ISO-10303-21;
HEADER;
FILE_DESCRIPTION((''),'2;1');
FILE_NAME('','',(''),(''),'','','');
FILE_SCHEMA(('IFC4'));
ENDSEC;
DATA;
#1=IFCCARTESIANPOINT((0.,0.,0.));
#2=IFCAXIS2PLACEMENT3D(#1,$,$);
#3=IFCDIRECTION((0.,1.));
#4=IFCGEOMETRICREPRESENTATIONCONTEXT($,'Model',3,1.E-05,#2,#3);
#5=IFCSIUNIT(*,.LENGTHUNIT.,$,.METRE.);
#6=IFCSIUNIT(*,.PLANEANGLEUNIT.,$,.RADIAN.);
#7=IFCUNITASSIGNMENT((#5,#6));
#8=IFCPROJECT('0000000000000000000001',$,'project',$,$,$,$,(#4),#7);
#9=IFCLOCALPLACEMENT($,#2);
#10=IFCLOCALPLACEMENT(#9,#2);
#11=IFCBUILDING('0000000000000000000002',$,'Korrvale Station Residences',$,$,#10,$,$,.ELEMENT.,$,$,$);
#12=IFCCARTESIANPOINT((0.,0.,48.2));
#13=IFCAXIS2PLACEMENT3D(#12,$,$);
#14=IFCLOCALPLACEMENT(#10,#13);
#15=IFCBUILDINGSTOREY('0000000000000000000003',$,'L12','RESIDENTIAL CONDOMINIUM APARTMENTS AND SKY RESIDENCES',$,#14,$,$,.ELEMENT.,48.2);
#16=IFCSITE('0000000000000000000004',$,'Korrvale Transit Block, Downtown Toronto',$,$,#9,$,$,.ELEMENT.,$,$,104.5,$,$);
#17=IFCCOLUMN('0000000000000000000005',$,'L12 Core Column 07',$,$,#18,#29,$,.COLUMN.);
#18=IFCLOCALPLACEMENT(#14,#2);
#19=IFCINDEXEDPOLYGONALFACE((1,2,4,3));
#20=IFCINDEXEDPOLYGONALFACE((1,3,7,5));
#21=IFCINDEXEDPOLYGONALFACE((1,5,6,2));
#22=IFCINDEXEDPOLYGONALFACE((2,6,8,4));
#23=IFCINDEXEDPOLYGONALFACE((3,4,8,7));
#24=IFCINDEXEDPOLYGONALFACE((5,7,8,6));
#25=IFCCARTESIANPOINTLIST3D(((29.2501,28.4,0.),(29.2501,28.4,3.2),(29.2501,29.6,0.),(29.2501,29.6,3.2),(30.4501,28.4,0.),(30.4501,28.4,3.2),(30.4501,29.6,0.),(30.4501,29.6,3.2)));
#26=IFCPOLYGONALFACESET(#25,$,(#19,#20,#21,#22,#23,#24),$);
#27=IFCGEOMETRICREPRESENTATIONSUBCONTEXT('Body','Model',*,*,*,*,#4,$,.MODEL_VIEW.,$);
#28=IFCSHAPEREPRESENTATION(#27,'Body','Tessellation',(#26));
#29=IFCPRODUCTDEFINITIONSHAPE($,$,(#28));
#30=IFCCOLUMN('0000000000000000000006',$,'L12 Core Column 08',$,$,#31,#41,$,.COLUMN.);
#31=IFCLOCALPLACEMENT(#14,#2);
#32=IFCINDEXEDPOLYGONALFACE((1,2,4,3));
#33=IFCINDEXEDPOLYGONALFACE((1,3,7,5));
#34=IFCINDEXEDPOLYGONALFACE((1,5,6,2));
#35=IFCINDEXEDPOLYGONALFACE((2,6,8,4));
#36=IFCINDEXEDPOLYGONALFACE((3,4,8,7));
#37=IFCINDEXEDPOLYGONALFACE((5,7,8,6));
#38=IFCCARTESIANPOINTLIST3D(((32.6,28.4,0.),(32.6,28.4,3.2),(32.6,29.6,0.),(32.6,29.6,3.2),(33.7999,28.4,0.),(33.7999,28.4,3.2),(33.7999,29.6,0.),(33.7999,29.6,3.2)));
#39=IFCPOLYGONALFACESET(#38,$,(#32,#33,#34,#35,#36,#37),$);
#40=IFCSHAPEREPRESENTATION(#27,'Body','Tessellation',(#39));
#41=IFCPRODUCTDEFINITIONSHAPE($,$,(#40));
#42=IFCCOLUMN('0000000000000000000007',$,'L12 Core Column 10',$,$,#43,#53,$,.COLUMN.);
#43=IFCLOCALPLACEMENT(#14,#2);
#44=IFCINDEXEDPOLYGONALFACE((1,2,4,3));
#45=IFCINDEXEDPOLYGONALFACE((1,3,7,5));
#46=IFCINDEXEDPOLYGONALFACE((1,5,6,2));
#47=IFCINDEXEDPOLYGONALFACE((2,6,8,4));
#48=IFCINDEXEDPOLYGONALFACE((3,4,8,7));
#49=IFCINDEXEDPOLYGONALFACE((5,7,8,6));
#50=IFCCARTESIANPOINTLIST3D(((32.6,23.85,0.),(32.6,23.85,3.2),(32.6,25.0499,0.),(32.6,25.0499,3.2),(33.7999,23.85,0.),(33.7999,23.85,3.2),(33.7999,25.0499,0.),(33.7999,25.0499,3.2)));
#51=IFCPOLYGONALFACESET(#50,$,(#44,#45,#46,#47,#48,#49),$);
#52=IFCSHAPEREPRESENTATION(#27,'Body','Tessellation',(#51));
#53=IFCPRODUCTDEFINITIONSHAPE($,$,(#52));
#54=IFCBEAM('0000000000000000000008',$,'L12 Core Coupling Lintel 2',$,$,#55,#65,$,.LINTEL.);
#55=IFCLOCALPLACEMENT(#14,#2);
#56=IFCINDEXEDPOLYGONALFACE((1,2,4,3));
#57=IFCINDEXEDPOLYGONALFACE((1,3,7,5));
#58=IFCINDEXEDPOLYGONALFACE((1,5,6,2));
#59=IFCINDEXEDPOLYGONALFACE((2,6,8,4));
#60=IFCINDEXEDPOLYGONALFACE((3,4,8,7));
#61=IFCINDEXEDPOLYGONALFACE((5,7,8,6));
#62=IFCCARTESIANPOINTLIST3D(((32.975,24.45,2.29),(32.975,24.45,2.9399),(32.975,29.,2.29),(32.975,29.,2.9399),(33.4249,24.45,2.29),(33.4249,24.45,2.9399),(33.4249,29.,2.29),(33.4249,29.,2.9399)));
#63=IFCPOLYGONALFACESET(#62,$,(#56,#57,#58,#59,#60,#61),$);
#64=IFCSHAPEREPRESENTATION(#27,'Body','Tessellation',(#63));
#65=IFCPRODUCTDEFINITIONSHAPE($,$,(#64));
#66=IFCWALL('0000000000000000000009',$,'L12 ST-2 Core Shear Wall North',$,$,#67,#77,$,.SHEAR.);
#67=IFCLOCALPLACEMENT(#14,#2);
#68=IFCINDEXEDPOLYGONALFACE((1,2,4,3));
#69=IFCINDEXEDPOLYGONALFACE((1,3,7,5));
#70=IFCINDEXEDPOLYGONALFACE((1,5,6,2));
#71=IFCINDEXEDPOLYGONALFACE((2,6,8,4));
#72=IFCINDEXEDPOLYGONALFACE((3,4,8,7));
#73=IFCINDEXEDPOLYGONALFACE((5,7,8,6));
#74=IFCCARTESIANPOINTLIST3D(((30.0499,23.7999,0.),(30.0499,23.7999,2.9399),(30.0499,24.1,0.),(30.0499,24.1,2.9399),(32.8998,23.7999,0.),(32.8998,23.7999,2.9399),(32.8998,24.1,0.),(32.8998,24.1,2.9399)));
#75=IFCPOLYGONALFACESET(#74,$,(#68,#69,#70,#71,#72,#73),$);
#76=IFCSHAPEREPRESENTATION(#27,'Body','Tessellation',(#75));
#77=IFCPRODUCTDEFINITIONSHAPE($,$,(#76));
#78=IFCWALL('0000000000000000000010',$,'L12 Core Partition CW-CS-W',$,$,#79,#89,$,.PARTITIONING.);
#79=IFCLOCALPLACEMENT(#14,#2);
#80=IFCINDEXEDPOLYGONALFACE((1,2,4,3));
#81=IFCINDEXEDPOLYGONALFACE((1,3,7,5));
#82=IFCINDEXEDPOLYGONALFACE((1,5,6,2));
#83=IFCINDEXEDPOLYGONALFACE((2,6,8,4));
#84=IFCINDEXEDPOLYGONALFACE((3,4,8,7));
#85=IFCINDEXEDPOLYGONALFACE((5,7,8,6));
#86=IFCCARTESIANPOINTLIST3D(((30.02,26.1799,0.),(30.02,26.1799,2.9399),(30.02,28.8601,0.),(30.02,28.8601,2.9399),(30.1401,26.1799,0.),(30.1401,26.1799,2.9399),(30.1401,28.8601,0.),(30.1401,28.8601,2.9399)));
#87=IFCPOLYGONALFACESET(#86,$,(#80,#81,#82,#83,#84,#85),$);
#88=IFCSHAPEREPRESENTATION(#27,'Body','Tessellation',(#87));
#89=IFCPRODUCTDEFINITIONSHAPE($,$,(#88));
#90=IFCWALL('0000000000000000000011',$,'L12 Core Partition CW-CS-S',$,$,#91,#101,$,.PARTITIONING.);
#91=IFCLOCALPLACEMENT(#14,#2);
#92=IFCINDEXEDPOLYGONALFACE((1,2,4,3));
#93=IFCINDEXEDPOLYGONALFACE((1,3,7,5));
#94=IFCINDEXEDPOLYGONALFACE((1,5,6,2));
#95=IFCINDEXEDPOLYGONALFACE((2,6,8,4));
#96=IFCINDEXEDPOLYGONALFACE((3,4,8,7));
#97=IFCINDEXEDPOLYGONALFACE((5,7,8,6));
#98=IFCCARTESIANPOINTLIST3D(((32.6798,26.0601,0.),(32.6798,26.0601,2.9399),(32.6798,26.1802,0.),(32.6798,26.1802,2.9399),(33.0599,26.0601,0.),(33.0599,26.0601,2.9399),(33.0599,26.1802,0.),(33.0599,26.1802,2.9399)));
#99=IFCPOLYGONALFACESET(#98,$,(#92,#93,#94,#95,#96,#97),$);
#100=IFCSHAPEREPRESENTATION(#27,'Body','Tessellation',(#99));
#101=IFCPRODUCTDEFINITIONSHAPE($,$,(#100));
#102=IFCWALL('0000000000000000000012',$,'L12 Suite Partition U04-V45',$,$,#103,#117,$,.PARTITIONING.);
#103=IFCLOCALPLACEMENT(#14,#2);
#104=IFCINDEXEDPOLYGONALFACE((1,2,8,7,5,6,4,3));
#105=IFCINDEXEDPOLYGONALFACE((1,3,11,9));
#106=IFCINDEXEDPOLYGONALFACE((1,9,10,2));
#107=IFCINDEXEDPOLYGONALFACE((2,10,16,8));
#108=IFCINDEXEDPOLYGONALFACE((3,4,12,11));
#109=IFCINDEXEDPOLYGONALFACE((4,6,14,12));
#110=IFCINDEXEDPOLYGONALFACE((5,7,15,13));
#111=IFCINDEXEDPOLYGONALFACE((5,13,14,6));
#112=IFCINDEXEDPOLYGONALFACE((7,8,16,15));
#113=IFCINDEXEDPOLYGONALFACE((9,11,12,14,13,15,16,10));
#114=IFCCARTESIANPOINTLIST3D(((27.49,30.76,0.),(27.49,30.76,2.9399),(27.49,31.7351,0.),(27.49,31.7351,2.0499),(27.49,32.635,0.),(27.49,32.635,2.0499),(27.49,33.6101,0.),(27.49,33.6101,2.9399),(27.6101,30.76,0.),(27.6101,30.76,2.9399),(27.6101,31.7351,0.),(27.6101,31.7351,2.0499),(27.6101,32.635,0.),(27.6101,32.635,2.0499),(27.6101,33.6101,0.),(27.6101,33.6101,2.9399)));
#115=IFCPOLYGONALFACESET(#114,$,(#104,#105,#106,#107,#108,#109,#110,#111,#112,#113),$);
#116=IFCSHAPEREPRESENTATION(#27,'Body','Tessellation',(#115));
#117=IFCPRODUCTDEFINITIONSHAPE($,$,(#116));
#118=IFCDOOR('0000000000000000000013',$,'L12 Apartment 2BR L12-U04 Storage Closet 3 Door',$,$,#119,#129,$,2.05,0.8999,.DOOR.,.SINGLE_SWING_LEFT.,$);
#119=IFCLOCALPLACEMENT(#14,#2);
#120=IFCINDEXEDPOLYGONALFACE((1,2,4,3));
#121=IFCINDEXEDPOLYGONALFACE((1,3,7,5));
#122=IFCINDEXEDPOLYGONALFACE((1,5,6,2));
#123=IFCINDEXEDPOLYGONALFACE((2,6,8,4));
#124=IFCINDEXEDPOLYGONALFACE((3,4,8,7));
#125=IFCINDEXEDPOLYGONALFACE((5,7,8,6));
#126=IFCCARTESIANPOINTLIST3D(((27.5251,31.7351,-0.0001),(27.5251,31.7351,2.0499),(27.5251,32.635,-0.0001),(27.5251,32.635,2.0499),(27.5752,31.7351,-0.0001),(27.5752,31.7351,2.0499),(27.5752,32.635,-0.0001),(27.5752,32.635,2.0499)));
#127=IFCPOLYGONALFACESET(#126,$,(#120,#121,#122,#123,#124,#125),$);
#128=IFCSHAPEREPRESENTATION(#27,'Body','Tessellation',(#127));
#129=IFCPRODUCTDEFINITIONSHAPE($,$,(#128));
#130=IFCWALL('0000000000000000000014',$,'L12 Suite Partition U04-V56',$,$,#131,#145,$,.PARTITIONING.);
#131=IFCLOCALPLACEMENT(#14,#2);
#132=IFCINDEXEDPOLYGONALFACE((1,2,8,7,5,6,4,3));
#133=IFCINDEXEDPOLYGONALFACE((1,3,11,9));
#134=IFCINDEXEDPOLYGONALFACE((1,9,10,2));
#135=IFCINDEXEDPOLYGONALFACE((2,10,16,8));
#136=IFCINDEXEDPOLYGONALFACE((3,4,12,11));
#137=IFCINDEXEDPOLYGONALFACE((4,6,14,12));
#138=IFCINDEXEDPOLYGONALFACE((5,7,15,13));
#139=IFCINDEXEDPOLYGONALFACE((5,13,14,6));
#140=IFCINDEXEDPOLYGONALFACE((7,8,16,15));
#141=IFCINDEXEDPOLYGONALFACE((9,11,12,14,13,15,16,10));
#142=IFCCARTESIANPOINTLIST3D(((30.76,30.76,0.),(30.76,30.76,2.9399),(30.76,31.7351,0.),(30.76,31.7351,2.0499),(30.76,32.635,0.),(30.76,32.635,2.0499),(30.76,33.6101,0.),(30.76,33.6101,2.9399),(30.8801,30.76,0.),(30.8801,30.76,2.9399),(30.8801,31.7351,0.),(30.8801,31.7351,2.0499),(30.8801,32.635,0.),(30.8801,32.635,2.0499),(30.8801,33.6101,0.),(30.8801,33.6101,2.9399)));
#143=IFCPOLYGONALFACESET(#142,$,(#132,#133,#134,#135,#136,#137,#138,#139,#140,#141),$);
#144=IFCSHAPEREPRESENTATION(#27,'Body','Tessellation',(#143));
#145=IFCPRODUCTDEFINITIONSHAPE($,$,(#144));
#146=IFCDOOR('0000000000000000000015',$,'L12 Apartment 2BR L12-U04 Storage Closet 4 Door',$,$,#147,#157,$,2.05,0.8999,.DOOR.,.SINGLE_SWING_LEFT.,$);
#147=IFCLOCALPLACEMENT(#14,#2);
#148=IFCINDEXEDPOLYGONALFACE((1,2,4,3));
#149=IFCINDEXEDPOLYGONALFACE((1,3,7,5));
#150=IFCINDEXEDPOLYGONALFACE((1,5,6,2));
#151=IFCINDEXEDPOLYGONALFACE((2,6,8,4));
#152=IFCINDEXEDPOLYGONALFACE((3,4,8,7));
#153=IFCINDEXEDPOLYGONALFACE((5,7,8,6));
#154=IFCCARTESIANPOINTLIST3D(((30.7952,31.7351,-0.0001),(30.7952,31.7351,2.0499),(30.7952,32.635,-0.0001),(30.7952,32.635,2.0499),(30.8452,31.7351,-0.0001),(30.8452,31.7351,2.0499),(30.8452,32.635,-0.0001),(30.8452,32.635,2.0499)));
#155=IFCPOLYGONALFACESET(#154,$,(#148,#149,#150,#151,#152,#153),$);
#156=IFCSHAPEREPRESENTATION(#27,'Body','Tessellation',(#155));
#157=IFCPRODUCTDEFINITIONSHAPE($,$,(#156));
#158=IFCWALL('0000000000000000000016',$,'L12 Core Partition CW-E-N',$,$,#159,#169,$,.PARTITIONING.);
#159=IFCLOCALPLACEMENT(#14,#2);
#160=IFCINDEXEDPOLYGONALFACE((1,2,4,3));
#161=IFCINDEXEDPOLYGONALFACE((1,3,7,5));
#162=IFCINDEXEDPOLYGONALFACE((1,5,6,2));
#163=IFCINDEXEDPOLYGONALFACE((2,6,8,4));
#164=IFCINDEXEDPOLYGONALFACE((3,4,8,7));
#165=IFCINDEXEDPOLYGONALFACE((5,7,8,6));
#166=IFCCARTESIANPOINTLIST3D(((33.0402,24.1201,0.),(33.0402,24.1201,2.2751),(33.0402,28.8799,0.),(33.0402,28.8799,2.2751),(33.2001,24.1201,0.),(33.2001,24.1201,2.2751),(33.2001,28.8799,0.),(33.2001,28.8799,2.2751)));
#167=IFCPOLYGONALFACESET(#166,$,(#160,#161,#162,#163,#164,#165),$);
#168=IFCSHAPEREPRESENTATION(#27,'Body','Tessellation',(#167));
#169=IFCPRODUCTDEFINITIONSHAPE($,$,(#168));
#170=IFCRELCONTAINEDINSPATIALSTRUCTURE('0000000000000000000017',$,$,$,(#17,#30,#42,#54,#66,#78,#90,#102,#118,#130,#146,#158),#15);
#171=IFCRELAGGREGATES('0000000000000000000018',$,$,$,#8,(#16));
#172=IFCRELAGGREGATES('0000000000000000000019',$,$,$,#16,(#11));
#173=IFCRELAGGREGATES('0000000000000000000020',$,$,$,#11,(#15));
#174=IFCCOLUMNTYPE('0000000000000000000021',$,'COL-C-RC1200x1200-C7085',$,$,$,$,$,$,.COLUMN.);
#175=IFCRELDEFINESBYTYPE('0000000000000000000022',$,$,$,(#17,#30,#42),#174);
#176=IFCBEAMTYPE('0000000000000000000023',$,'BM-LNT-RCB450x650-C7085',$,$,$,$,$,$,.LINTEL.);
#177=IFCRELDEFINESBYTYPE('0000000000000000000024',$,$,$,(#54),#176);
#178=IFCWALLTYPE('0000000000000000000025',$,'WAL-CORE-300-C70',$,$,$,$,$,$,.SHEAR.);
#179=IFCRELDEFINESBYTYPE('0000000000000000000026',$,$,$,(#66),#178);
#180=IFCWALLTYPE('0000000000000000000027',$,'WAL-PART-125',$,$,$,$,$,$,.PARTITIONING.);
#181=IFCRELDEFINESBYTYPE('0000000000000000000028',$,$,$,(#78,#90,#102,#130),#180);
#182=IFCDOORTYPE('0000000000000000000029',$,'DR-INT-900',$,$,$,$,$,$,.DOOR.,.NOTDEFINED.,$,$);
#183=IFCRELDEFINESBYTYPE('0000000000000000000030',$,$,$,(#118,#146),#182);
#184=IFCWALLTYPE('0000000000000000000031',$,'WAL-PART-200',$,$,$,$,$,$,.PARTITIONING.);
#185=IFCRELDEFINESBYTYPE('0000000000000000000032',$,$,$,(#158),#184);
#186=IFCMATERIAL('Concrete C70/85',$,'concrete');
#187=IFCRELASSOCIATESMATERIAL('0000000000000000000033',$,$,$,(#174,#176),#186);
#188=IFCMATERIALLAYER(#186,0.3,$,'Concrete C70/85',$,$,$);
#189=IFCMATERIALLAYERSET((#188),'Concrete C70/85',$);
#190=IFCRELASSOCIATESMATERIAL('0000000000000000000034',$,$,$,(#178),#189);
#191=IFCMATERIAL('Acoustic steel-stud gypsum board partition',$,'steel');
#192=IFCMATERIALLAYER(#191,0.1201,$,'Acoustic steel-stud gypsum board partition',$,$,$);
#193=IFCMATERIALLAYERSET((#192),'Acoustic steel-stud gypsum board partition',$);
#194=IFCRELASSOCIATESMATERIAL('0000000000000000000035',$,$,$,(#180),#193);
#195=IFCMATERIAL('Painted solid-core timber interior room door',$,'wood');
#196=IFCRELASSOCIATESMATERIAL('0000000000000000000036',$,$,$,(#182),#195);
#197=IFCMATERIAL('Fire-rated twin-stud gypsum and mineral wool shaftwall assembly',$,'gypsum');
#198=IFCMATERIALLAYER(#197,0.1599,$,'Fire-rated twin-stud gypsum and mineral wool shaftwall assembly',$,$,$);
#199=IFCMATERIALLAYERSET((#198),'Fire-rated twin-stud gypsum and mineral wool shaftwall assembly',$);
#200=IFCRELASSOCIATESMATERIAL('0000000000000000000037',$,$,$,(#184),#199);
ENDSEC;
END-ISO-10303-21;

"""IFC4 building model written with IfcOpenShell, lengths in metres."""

from ifc_helpers import new_model, si_unit, direction, frame, frame_2d, origin, origin_2d, place, context, subcontext, project, spatial, rectangle, extrude, material, layer, layer_set, material_profile, profile_set, type_object, element, fill, save


model = new_model("IFC4")

# Units and contexts
model_context = context("Model", 3, precision=1e-05, world=origin(), true_north=direction((0.0, 1.0)))
body_context = subcontext(model_context, "Body", "Model", "MODEL_VIEW")
ifc_project = project(units=[si_unit("LENGTHUNIT", "METRE"), si_unit("PLANEANGLEUNIT", "RADIAN")], contexts=[model_context])

# Site, building, storey
site_placement = place(None, origin())
site = spatial("IfcSite", under=ifc_project, at=site_placement, Name="Korrvale Transit Block, Downtown Toronto", CompositionType="ELEMENT", RefElevation=104.5)
building_placement = place(site_placement, origin())
building = spatial("IfcBuilding", under=site, at=building_placement, Name="Korrvale Station Residences", CompositionType="ELEMENT")
storey_placement = place(building_placement, frame((0.0, 0.0, 48.2)))
storey = spatial("IfcBuildingStorey", under=building, at=storey_placement, Name="L12", Description="RESIDENTIAL CONDOMINIUM APARTMENTS AND SKY RESIDENCES", CompositionType="ELEMENT", Elevation=48.2)

# Columns
ifc_material_1 = material(Name="Concrete C70/85", Category="concrete")
ifc_material_profile_1 = material_profile(ifc_material_1, rectangle(XDim=1.2, YDim=1.2, at=origin_2d()), Name="RC1200x1200")
ifc_profile_set_1 = profile_set([ifc_material_profile_1], Name="Concrete C70/85")
column_type = type_object("IfcColumnType", Name="COL-C-RC1200x1200-C7085", PredefinedType="COLUMN", material=ifc_profile_set_1)
for number, where, z_axis, x_axis, name in (
    (1, (29.8501, 29.0, 0.0), (0.0, 0.0, 1.0), (1.0, 0.0, 0.0), "L12 Core Column 07"),
    (2, (33.2, 29.0, 0.0), (0.0, 0.0, 1.0), (1.0, 0.0, 0.0), "L12 Core Column 08"),
    (3, (33.2, 24.45, 0.0), (0.0, 0.0, 1.0), (1.0, 0.0, 0.0), "L12 Core Column 10"),
):
    element("IfcColumn", number, at=place(storey_placement, frame(where, z_axis=z_axis, x_axis=x_axis)), inside=storey, type_object=column_type, Name=name, PredefinedType="COLUMN", context=body_context, shape_type="SweptSolid", body=[
        extrude(rectangle(XDim=1.2, YDim=1.2, at=origin_2d()), origin(), (0.0, 0.0, 1.0), 3.2),
    ])

# Beam
ifc_material_profile_2 = material_profile(ifc_material_1, rectangle(XDim=0.45, YDim=0.6499, at=origin_2d()), Name="RCB450x650")
ifc_profile_set_2 = profile_set([ifc_material_profile_2], Name="Concrete C70/85")
beam_type = type_object("IfcBeamType", Name="BM-LNT-RCB450x650-C7085", PredefinedType="LINTEL", material=ifc_profile_set_2)
beam_placement = place(storey_placement, frame((33.2, 24.45, 2.615), z_axis=(0.0, 1.0, 0.0), x_axis=(-1.0, 0.0, 0.0)))
element("IfcBeam", 4, at=beam_placement, inside=storey, type_object=beam_type, Name="L12 Core Coupling Lintel 2", PredefinedType="LINTEL", context=body_context, shape_type="SweptSolid", body=[
    extrude(rectangle(XDim=0.45, YDim=0.6499, at=origin_2d()), origin(), (0.0, 0.0, 1.0), 4.55),
])

# Walls
ifc_layer_1 = layer(ifc_material_1, 0.3, Name="Concrete C70/85")
ifc_layer_set_1 = layer_set([ifc_layer_1], Name="Concrete C70/85")
wall_type_1 = type_object("IfcWallType", Name="WAL-CORE-300-C70", PredefinedType="SHEAR", material=ifc_layer_set_1)
wall_1_placement = place(storey_placement, frame((30.05, 23.95, 0.0), z_axis=(0.0, 0.0, 1.0), x_axis=(1.0, 0.0, 0.0)))
element("IfcWall", 5, at=wall_1_placement, inside=storey, type_object=wall_type_1, Name="L12 ST-2 Core Shear Wall North", PredefinedType="SHEAR", context=body_context, shape_type="SweptSolid", body=[
    extrude(rectangle(XDim=2.8499, YDim=0.3, at=frame_2d((1.4248, 0.0))), origin(), (0.0, 0.0, 1.0), 2.9399),
])
ifc_material_2 = material(Name="Acoustic steel-stud gypsum board partition", Category="steel")
ifc_layer_2 = layer(ifc_material_2, 0.1201, Name="Acoustic steel-stud gypsum board partition")
ifc_layer_set_2 = layer_set([ifc_layer_2], Name="Acoustic steel-stud gypsum board partition")
wall_type_2 = type_object("IfcWallType", Name="WAL-PART-125", PredefinedType="PARTITIONING", material=ifc_layer_set_2)
wall_2_placement = place(storey_placement, frame((30.0801, 26.1799, 0.0), z_axis=(0.0, 0.0, 1.0), x_axis=(0.0, 1.0, 0.0)))
element("IfcWall", 6, at=wall_2_placement, inside=storey, type_object=wall_type_2, Name="L12 Core Partition CW-CS-W", PredefinedType="PARTITIONING", context=body_context, shape_type="SweptSolid", body=[
    extrude(rectangle(XDim=2.6802, YDim=0.1201, at=frame_2d((1.3401, 0.0))), origin(), (0.0, 0.0, 1.0), 2.9399),
])
wall_3_placement = place(storey_placement, frame((32.6799, 26.1201, 0.0), z_axis=(0.0, 0.0, 1.0), x_axis=(1.0, 0.0, 0.0)))
element("IfcWall", 7, at=wall_3_placement, inside=storey, type_object=wall_type_2, Name="L12 Core Partition CW-CS-S", PredefinedType="PARTITIONING", context=body_context, shape_type="SweptSolid", body=[
    extrude(rectangle(XDim=0.3801, YDim=0.1201, at=frame_2d((0.1899, 0.0))), origin(), (0.0, 0.0, 1.0), 2.9399),
])

# Walls, openings, doors
wall_4_placement = place(storey_placement, frame((27.55, 30.76, 0.0), z_axis=(0.0, 0.0, 1.0), x_axis=(0.0, 1.0, 0.0)))
wall_4 = element("IfcWall", 8, at=wall_4_placement, inside=storey, type_object=wall_type_2, Name="L12 Suite Partition U04-V45", PredefinedType="PARTITIONING", context=body_context, shape_type="SweptSolid", body=[
    extrude(rectangle(XDim=2.8501, YDim=0.1201, at=frame_2d((1.425, 0.0))), origin(), (0.0, 0.0, 1.0), 2.9399),
])
opening_1_placement = place(wall_4_placement, frame((0.9751, 0.0, 0.0)))
opening_1 = element("IfcOpeningElement", 9, at=opening_1_placement, cuts=wall_4, PredefinedType="OPENING", context=body_context, shape_type="SweptSolid", body=[
    extrude(rectangle(XDim=0.8999, YDim=2.05, at=frame_2d((0.45, 1.0249))), frame((0.0, 0.0701, 0.0), z_axis=(0.0, -1.0, 0.0), x_axis=(1.0, 0.0, 0.0)), (0.0, 0.0, 1.0), 0.1401),
])
ifc_material_3 = material(Name="Painted solid-core timber interior room door", Category="wood")
door_type_1 = type_object("IfcDoorType", Name="DR-INT-900", OperationType="NOTDEFINED", PredefinedType="DOOR", material=ifc_material_3)
door_1_placement = place(opening_1_placement, origin())
door_1 = element("IfcDoor", 10, at=door_1_placement, inside=storey, type_object=door_type_1, Name="L12 Apartment 2BR L12-U04 Storage Closet 3 Door", OperationType="SINGLE_SWING_LEFT", OverallHeight=2.05, OverallWidth=0.8999, PredefinedType="DOOR", context=body_context, shape_type="SweptSolid", body=[
    extrude(rectangle(XDim=0.8999, YDim=2.05, at=frame_2d((0.45, 1.0249))), frame((0.0, 0.0249, 0.0), z_axis=(0.0, -1.0, 0.0), x_axis=(1.0, 0.0, 0.0)), (0.0, 0.0, 1.0), 0.05),
])
fill(opening_1, door_1)
wall_5_placement = place(storey_placement, frame((30.8201, 30.76, 0.0), z_axis=(0.0, 0.0, 1.0), x_axis=(0.0, 1.0, 0.0)))
wall_5 = element("IfcWall", 11, at=wall_5_placement, inside=storey, type_object=wall_type_2, Name="L12 Suite Partition U04-V56", PredefinedType="PARTITIONING", context=body_context, shape_type="SweptSolid", body=[
    extrude(rectangle(XDim=2.8501, YDim=0.1201, at=frame_2d((1.425, 0.0))), origin(), (0.0, 0.0, 1.0), 2.9399),
])
opening_2_placement = place(wall_5_placement, frame((0.9751, 0.0, 0.0)))
opening_2 = element("IfcOpeningElement", 12, at=opening_2_placement, cuts=wall_5, PredefinedType="OPENING", context=body_context, shape_type="SweptSolid", body=[
    extrude(rectangle(XDim=0.8999, YDim=2.05, at=frame_2d((0.45, 1.0249))), frame((0.0, 0.0701, 0.0), z_axis=(0.0, -1.0, 0.0), x_axis=(1.0, 0.0, 0.0)), (0.0, 0.0, 1.0), 0.1401),
])
door_2_placement = place(opening_2_placement, origin())
door_2 = element("IfcDoor", 13, at=door_2_placement, inside=storey, type_object=door_type_1, Name="L12 Apartment 2BR L12-U04 Storage Closet 4 Door", OperationType="SINGLE_SWING_LEFT", OverallHeight=2.05, OverallWidth=0.8999, PredefinedType="DOOR", context=body_context, shape_type="SweptSolid", body=[
    extrude(rectangle(XDim=0.8999, YDim=2.05, at=frame_2d((0.45, 1.0249))), frame((0.0, 0.0249, 0.0), z_axis=(0.0, -1.0, 0.0), x_axis=(1.0, 0.0, 0.0)), (0.0, 0.0, 1.0), 0.05),
])
fill(opening_2, door_2)

# Wall
ifc_material_4 = material(Name="Fire-rated twin-stud gypsum and mineral wool shaftwall assembly", Category="gypsum")
ifc_layer_3 = layer(ifc_material_4, 0.1599, Name="Fire-rated twin-stud gypsum and mineral wool shaftwall assembly")
ifc_layer_set_3 = layer_set([ifc_layer_3], Name="Fire-rated twin-stud gypsum and mineral wool shaftwall assembly")
wall_type_3 = type_object("IfcWallType", Name="WAL-PART-200", PredefinedType="PARTITIONING", material=ifc_layer_set_3)
wall_6_placement = place(storey_placement, frame((33.1201, 24.1201, 0.0), z_axis=(0.0, 0.0, 1.0), x_axis=(0.0, 1.0, 0.0)))
element("IfcWall", 14, at=wall_6_placement, inside=storey, type_object=wall_type_3, Name="L12 Core Partition CW-E-N", PredefinedType="PARTITIONING", context=body_context, shape_type="SweptSolid", body=[
    extrude(rectangle(XDim=4.7598, YDim=0.1599, at=frame_2d((2.3799, 0.0))), origin(), (0.0, 0.0, 1.0), 2.2751),
])

save(model, "model.ifc")
